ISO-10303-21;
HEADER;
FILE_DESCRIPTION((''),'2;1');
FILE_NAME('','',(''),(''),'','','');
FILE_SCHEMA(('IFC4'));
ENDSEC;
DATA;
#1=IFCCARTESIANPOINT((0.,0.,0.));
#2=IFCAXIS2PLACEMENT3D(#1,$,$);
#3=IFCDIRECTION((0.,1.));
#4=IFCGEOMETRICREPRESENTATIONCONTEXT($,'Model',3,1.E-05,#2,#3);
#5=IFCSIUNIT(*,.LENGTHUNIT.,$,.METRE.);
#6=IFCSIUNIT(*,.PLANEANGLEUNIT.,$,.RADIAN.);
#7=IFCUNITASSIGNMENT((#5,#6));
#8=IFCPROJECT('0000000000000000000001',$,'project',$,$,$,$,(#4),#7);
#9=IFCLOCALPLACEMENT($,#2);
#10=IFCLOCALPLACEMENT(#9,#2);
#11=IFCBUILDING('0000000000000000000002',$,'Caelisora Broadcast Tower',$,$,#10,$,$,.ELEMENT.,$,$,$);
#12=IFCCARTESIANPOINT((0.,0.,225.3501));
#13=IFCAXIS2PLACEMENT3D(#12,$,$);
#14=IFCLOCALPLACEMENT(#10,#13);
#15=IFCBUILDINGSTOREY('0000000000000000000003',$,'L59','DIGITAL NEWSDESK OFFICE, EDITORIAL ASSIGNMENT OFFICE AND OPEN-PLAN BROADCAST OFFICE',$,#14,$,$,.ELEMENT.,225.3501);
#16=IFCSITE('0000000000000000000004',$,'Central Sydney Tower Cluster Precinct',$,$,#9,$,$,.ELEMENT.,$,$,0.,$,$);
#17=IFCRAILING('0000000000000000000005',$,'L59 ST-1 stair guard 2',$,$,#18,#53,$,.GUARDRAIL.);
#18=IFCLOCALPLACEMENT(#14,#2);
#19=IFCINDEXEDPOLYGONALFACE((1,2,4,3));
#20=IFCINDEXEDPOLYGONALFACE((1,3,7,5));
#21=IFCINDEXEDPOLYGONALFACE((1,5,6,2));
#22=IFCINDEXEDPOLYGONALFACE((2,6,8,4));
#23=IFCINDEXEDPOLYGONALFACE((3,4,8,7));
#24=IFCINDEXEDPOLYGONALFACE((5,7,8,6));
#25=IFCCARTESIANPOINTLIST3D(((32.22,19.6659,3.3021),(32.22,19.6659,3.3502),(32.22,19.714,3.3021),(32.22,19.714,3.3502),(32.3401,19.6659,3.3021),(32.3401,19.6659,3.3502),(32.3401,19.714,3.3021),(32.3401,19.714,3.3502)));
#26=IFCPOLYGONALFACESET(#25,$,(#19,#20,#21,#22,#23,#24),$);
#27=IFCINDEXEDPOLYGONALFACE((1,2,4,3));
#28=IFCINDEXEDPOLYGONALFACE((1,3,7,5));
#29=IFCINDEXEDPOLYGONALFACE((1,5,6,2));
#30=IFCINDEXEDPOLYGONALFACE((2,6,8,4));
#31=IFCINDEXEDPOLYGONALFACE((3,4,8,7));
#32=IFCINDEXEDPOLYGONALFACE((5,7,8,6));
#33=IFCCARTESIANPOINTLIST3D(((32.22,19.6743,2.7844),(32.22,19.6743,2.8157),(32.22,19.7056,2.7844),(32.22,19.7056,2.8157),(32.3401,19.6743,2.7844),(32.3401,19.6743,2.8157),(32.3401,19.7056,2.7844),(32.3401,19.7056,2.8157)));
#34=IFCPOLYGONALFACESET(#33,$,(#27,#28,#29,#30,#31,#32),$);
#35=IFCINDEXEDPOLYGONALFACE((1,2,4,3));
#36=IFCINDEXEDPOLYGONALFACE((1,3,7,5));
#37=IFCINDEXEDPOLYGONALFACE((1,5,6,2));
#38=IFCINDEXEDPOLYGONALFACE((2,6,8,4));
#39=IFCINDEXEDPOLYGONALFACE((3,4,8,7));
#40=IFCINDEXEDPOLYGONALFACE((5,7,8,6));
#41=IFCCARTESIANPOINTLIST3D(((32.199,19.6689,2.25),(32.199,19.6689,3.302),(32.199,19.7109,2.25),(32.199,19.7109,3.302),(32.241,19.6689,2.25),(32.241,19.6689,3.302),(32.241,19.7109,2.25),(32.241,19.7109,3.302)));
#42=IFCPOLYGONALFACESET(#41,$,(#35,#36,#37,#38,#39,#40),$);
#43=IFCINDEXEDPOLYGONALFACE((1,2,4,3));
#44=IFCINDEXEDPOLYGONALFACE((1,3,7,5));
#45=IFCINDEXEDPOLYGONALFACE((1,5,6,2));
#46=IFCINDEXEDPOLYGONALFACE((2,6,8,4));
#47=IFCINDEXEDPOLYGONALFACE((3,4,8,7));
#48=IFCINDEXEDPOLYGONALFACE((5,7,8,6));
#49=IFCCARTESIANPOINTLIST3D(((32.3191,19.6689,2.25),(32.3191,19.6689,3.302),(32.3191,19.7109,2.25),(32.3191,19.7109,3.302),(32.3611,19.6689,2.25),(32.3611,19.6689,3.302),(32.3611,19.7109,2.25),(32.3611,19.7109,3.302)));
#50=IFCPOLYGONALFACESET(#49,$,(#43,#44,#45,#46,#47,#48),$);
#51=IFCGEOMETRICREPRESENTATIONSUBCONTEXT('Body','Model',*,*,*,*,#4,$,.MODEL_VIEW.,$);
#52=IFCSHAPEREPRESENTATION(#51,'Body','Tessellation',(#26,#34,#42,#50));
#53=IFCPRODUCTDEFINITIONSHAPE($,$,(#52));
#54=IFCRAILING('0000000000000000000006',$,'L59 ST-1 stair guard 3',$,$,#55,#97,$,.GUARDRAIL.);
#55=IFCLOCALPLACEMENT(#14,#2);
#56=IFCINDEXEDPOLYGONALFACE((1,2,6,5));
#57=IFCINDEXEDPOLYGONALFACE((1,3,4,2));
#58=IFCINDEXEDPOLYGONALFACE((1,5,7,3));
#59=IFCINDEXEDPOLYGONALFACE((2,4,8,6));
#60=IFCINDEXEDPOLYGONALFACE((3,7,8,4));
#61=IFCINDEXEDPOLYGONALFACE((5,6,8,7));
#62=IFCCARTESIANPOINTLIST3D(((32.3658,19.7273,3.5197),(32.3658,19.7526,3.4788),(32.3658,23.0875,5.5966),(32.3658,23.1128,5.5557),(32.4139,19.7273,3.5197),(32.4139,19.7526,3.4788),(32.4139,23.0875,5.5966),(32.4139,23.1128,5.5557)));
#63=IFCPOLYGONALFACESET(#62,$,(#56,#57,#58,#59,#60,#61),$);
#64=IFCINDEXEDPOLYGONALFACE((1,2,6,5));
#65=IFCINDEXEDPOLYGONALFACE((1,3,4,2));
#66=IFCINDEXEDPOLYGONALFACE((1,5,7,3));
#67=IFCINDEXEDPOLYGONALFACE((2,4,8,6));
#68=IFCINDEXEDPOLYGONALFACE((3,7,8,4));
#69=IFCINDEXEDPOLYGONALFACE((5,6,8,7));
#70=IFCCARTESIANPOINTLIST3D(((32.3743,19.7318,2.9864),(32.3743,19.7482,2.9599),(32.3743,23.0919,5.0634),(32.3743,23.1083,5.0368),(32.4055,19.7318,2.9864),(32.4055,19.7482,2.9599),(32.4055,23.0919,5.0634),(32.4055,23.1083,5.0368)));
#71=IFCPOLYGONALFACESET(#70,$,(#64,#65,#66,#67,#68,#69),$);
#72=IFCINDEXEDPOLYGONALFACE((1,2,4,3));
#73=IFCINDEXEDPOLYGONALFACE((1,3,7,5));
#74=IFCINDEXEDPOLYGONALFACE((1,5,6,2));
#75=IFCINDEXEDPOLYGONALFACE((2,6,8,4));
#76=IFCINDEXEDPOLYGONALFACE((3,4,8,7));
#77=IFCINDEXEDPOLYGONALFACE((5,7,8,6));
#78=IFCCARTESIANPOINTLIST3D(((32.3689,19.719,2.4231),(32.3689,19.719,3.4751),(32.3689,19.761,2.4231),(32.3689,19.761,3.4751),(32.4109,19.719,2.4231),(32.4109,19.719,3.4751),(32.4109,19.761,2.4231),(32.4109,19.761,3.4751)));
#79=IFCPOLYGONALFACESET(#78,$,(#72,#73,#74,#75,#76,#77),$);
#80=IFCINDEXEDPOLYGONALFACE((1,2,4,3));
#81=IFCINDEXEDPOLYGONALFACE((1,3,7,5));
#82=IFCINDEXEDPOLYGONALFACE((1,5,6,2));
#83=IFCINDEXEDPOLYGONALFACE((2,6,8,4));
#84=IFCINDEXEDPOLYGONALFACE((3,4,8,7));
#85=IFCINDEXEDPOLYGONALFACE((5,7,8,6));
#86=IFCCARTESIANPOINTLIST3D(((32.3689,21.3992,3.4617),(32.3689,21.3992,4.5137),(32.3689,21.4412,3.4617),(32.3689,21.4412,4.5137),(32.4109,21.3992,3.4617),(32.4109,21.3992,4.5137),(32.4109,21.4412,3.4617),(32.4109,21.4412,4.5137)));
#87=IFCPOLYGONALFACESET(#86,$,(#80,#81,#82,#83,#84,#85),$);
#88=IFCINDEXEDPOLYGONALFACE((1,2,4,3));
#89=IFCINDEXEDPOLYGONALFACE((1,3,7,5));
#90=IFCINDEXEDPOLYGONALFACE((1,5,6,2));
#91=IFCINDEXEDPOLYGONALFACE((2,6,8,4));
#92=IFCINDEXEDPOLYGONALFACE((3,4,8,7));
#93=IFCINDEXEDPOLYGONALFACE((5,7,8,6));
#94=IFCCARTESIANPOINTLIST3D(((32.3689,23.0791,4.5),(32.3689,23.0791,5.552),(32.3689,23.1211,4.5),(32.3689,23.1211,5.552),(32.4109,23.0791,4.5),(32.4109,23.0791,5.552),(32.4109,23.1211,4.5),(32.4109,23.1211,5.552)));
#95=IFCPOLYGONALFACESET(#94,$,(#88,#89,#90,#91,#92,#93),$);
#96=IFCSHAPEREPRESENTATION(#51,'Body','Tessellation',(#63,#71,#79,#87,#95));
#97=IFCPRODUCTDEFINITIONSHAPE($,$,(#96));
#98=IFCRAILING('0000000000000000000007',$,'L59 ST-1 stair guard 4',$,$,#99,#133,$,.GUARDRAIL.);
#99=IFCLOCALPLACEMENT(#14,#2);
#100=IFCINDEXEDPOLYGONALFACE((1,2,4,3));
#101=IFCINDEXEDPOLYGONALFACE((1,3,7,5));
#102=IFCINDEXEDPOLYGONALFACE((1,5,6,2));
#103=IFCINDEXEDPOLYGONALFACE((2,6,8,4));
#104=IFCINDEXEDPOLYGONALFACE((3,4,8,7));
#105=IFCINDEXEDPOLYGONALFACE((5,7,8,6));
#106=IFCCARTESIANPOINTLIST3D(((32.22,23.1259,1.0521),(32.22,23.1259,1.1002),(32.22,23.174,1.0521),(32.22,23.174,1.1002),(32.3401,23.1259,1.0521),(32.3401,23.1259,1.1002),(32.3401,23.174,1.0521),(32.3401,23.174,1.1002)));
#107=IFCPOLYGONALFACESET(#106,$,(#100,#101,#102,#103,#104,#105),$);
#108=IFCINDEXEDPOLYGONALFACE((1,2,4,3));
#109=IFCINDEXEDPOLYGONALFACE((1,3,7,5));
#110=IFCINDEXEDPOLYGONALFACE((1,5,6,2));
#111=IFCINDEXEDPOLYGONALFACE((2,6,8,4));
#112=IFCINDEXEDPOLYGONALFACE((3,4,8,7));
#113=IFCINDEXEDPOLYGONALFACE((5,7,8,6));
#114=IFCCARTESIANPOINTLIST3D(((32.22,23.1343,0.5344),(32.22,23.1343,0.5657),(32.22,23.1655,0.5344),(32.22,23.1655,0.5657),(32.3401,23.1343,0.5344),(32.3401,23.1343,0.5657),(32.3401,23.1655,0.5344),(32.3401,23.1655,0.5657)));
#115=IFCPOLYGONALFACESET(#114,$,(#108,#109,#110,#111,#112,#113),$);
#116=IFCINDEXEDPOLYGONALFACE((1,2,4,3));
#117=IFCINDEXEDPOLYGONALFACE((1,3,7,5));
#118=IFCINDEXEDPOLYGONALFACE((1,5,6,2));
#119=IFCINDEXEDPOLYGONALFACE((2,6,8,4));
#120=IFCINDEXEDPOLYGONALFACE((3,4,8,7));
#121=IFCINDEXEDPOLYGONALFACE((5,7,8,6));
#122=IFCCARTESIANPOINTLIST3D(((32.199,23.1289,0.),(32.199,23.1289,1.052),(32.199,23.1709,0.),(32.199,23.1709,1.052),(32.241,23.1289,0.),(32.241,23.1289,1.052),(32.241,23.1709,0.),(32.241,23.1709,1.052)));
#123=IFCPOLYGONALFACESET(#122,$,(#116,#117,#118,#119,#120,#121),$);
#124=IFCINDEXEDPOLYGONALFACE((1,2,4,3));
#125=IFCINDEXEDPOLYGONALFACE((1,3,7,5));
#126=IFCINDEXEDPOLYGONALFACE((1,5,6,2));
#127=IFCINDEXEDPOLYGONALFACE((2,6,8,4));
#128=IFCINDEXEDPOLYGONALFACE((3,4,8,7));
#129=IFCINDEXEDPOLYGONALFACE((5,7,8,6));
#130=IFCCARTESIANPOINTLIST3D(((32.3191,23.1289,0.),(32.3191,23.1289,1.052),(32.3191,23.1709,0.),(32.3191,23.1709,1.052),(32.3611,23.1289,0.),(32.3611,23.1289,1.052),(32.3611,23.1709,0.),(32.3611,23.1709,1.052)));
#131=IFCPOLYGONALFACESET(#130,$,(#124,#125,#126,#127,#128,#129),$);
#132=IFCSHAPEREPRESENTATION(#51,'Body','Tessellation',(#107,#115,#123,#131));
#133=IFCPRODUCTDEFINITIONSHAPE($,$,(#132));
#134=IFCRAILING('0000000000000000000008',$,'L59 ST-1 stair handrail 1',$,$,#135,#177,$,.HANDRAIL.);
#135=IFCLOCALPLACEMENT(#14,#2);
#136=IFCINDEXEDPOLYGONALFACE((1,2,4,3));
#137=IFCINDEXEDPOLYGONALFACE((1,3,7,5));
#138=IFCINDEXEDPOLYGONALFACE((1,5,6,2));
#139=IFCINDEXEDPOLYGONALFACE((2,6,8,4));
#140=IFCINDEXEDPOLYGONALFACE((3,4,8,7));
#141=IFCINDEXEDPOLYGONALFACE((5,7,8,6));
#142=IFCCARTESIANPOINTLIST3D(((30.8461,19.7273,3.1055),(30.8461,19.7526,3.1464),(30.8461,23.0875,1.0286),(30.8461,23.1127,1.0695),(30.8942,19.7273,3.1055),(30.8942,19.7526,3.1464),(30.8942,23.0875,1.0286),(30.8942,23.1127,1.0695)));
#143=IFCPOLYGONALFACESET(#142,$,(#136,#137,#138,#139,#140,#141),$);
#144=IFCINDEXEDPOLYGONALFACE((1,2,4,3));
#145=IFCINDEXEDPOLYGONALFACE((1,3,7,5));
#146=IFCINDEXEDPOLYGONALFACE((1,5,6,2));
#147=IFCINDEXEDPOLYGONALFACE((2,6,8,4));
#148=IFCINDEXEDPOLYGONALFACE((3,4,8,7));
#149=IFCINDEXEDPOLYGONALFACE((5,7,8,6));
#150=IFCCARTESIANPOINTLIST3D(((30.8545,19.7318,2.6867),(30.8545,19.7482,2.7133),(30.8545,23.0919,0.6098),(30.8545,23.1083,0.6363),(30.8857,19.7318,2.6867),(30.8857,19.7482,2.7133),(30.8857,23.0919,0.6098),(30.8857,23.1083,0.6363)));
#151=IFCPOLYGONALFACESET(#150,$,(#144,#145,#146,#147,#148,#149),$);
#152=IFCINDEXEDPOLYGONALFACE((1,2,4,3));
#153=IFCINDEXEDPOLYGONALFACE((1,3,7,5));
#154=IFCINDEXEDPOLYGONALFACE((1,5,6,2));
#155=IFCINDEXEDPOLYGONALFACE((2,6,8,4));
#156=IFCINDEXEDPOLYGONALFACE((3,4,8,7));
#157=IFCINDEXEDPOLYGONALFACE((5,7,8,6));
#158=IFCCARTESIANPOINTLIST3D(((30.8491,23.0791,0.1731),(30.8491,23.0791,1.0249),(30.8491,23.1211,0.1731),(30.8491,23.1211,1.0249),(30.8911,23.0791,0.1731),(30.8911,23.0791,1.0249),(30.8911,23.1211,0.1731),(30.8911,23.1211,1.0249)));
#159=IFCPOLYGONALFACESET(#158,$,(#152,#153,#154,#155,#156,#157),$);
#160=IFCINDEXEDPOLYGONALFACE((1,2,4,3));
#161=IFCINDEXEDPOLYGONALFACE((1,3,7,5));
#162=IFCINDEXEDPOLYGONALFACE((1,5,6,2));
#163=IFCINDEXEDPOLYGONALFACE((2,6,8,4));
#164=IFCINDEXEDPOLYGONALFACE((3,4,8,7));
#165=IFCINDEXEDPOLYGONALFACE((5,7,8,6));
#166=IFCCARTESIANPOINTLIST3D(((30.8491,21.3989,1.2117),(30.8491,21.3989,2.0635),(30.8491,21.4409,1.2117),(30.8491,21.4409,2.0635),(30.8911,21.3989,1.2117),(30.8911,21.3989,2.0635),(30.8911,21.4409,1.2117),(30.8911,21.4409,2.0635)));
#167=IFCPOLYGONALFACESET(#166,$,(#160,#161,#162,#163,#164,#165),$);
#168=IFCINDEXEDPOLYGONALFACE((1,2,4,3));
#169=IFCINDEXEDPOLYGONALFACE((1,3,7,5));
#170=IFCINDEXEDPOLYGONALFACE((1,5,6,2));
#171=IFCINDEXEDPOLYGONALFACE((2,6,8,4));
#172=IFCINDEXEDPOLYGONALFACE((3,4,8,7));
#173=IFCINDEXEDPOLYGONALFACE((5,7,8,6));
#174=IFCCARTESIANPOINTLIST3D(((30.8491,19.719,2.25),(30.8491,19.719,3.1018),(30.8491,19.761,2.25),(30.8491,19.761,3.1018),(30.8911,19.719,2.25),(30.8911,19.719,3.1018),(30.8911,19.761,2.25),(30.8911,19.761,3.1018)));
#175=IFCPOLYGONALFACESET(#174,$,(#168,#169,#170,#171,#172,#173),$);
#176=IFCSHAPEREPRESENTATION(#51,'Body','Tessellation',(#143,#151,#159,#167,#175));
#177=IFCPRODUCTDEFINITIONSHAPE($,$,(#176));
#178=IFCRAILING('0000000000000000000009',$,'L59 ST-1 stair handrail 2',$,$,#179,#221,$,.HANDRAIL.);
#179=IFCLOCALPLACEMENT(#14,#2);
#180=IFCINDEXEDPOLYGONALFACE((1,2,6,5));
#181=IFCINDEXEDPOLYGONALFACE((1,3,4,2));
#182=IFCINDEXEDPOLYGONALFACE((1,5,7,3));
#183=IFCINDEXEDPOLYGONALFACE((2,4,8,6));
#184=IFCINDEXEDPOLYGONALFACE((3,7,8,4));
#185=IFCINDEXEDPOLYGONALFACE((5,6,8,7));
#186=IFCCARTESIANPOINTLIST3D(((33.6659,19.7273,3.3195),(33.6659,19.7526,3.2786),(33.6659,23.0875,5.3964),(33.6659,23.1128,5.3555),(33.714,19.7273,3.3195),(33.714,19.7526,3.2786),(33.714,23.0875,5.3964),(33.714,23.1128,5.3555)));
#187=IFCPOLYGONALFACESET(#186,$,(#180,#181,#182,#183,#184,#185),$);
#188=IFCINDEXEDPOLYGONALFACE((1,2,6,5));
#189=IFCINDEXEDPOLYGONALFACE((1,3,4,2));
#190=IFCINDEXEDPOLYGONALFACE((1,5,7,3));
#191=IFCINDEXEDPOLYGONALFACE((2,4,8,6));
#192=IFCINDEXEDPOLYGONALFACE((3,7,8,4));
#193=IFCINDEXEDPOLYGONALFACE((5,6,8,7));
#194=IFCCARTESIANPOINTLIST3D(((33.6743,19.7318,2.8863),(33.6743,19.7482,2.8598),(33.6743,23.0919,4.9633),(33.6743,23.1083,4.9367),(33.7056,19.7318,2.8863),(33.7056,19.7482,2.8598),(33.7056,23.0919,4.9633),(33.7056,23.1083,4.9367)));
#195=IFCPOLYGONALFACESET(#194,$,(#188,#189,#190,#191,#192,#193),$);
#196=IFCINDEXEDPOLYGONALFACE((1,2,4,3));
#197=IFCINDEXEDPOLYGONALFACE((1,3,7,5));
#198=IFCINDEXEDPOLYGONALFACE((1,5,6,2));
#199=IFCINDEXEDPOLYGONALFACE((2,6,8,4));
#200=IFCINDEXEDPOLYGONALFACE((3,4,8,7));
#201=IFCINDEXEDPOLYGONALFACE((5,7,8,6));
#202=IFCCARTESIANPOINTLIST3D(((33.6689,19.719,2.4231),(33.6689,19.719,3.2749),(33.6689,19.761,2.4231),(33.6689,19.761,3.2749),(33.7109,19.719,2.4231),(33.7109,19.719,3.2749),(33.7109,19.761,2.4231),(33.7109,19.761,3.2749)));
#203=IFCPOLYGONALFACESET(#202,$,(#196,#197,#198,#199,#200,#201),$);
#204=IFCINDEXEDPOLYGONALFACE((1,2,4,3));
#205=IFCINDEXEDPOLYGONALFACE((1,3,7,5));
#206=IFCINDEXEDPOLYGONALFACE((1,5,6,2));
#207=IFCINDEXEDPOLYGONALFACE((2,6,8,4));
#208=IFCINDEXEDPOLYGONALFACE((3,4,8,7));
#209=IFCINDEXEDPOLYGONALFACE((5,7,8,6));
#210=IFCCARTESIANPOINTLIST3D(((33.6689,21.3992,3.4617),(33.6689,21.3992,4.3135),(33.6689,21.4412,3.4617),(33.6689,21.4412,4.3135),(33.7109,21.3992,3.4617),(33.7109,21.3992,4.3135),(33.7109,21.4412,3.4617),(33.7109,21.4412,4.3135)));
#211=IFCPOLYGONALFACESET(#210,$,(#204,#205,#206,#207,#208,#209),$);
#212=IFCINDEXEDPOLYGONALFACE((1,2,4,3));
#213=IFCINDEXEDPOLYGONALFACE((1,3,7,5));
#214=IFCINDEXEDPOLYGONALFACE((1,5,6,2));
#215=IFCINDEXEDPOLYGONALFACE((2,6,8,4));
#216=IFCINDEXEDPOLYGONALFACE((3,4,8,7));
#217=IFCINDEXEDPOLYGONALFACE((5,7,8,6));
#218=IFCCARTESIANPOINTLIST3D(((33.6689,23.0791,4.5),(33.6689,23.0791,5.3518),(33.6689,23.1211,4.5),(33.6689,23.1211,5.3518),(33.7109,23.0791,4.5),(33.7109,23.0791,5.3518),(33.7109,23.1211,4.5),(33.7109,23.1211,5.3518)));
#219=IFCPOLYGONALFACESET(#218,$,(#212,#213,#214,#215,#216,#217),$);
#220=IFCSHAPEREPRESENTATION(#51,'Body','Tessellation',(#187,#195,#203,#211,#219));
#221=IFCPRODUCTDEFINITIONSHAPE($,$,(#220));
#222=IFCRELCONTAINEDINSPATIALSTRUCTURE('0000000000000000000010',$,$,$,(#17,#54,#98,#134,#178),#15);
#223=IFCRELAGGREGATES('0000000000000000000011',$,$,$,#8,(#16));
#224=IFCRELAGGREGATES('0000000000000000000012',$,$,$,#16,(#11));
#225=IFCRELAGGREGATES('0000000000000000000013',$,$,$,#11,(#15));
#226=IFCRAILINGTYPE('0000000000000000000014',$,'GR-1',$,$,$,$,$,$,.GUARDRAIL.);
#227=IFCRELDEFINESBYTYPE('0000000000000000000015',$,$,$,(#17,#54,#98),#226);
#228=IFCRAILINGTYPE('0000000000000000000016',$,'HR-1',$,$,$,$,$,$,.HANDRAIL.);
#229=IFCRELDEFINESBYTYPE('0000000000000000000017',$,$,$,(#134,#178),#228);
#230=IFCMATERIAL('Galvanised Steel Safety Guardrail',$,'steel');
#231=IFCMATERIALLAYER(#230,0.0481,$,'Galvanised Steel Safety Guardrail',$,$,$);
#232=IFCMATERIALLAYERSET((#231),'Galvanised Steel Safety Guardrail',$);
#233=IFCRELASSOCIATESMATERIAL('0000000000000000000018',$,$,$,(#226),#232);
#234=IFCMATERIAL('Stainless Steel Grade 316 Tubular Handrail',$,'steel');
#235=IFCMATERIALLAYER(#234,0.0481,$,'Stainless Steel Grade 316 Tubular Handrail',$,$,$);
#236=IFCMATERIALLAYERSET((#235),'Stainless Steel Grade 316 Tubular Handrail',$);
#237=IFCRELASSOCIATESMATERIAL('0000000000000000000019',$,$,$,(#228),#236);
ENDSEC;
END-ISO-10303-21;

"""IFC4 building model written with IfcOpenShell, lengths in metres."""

from ifc_helpers import new_model, si_unit, direction, frame, origin, origin_2d, place, context, subcontext, project, spatial, rectangle, extrude, material, layer, layer_set, type_object, element, save


model = new_model("IFC4")

# Units and contexts
model_context = context("Model", 3, precision=1e-05, world=origin(), true_north=direction((0.0, 1.0)))
body_context = subcontext(model_context, "Body", "Model", "MODEL_VIEW")
ifc_project = project(units=[si_unit("LENGTHUNIT", "METRE"), si_unit("PLANEANGLEUNIT", "RADIAN")], contexts=[model_context])

# Site, building, storey
site_placement = place(None, origin())
site = spatial("IfcSite", under=ifc_project, at=site_placement, Name="Central Sydney Tower Cluster Precinct", CompositionType="ELEMENT", RefElevation=0.0)
building_placement = place(site_placement, origin())
building = spatial("IfcBuilding", under=site, at=building_placement, Name="Caelisora Broadcast Tower", CompositionType="ELEMENT")
storey_placement = place(building_placement, frame((0.0, 0.0, 225.3501)))
storey = spatial("IfcBuildingStorey", under=building, at=storey_placement, Name="L59", Description="DIGITAL NEWSDESK OFFICE, EDITORIAL ASSIGNMENT OFFICE AND OPEN-PLAN BROADCAST OFFICE", CompositionType="ELEMENT", Elevation=225.3501)

# Railings
ifc_material_1 = material(Name="Galvanised Steel Safety Guardrail", Category="steel")
ifc_layer_1 = layer(ifc_material_1, 0.0481, Name="Galvanised Steel Safety Guardrail")
ifc_layer_set_1 = layer_set([ifc_layer_1], Name="Galvanised Steel Safety Guardrail")
railing_type_1 = type_object("IfcRailingType", Name="GR-1", PredefinedType="GUARDRAIL", material=ifc_layer_set_1)
railing_1_placement = place(storey_placement, frame((32.22, 19.6899, 2.25)))
element("IfcRailing", 1, at=railing_1_placement, inside=storey, type_object=railing_type_1, Name="L59 ST-1 stair guard 2", PredefinedType="GUARDRAIL", context=body_context, shape_type="SweptSolid", body=[
    extrude(rectangle(XDim=0.0481, YDim=0.0481, at=origin_2d()), frame((0.0, 0.0, 1.0762), z_axis=(1.0, 0.0, 0.0), x_axis=(0.0, 1.0, 0.0)), (0.0, 0.0, 1.0), 0.1201),
    extrude(rectangle(XDim=0.0312, YDim=0.0312, at=origin_2d()), frame((0.0, 0.0, 0.55), z_axis=(1.0, 0.0, 0.0), x_axis=(0.0, 1.0, 0.0)), (0.0, 0.0, 1.0), 0.1201),
    extrude(rectangle(XDim=0.042, YDim=0.042, at=origin_2d()), origin(), (0.0, 0.0, 1.0), 1.052),
    extrude(rectangle(XDim=0.042, YDim=0.042, at=origin_2d()), frame((0.1201, 0.0, 0.0)), (0.0, 0.0, 1.0), 1.052),
])
railing_2_placement = place(storey_placement, frame((32.3899, 19.74, 2.4231)))
element("IfcRailing", 2, at=railing_2_placement, inside=storey, type_object=railing_type_1, Name="L59 ST-1 stair guard 3", PredefinedType="GUARDRAIL", context=body_context, shape_type="SweptSolid", body=[
    extrude(rectangle(XDim=0.0481, YDim=0.0481, at=origin_2d()), frame((0.0, 0.0, 1.0762), z_axis=(0.0, 0.850623, 0.525776), x_axis=(-1.0, 0.0, 0.0)), (0.0, 0.0, 1.0), 3.9502),
    extrude(rectangle(XDim=0.0312, YDim=0.0312, at=origin_2d()), frame((0.0, 0.0, 0.55), z_axis=(0.0, 0.850623, 0.525776), x_axis=(-1.0, 0.0, 0.0)), (0.0, 0.0, 1.0), 3.9502),
    extrude(rectangle(XDim=0.042, YDim=0.042, at=origin_2d()), origin(), (0.0, 0.0, 1.0), 1.052),
    extrude(rectangle(XDim=0.042, YDim=0.042, at=origin_2d()), frame((0.0, 1.6802, 1.0386)), (0.0, 0.0, 1.0), 1.052),
    extrude(rectangle(XDim=0.042, YDim=0.042, at=origin_2d()), frame((0.0, 3.3601, 2.0769)), (0.0, 0.0, 1.0), 1.052),
])
railing_3_placement = place(storey_placement, frame((32.22, 23.1499, 0.0)))
element("IfcRailing", 3, at=railing_3_placement, inside=storey, type_object=railing_type_1, Name="L59 ST-1 stair guard 4", PredefinedType="GUARDRAIL", context=body_context, shape_type="SweptSolid", body=[
    extrude(rectangle(XDim=0.0481, YDim=0.0481, at=origin_2d()), frame((0.0, 0.0, 1.0762), z_axis=(1.0, 0.0, 0.0), x_axis=(0.0, 1.0, 0.0)), (0.0, 0.0, 1.0), 0.1201),
    extrude(rectangle(XDim=0.0312, YDim=0.0312, at=origin_2d()), frame((0.0, 0.0, 0.55), z_axis=(1.0, 0.0, 0.0), x_axis=(0.0, 1.0, 0.0)), (0.0, 0.0, 1.0), 0.1201),
    extrude(rectangle(XDim=0.042, YDim=0.042, at=origin_2d()), origin(), (0.0, 0.0, 1.0), 1.052),
    extrude(rectangle(XDim=0.042, YDim=0.042, at=origin_2d()), frame((0.1201, 0.0, 0.0)), (0.0, 0.0, 1.0), 1.052),
])
ifc_material_2 = material(Name="Stainless Steel Grade 316 Tubular Handrail", Category="steel")
ifc_layer_2 = layer(ifc_material_2, 0.0481, Name="Stainless Steel Grade 316 Tubular Handrail")
ifc_layer_set_2 = layer_set([ifc_layer_2], Name="Stainless Steel Grade 316 Tubular Handrail")
railing_type_2 = type_object("IfcRailingType", Name="HR-1", PredefinedType="HANDRAIL", material=ifc_layer_set_2)
railing_4_placement = place(storey_placement, frame((30.8701, 23.1001, 0.1731)))
element("IfcRailing", 4, at=railing_4_placement, inside=storey, type_object=railing_type_2, Name="L59 ST-1 stair handrail 1", PredefinedType="HANDRAIL", context=body_context, shape_type="SweptSolid", body=[
    extrude(rectangle(XDim=0.0481, YDim=0.0481, at=origin_2d()), frame((0.0, 0.0, 0.876), z_axis=(0.0, -0.850623, 0.525776), x_axis=(1.0, 0.0, 0.0)), (0.0, 0.0, 1.0), 3.9502),
    extrude(rectangle(XDim=0.0312, YDim=0.0312, at=origin_2d()), frame((0.0, 0.0, 0.45), z_axis=(0.0, -0.850623, 0.525776), x_axis=(1.0, 0.0, 0.0)), (0.0, 0.0, 1.0), 3.9502),
    extrude(rectangle(XDim=0.042, YDim=0.042, at=origin_2d()), origin(), (0.0, 0.0, 1.0), 0.8518),
    extrude(rectangle(XDim=0.042, YDim=0.042, at=origin_2d()), frame((0.0, -1.6802, 1.0386)), (0.0, 0.0, 1.0), 0.8518),
    extrude(rectangle(XDim=0.042, YDim=0.042, at=origin_2d()), frame((0.0, -3.3601, 2.0769)), (0.0, 0.0, 1.0), 0.8518),
])
railing_5_placement = place(storey_placement, frame((33.6899, 19.74, 2.4231)))
element("IfcRailing", 5, at=railing_5_placement, inside=storey, type_object=railing_type_2, Name="L59 ST-1 stair handrail 2", PredefinedType="HANDRAIL", context=body_context, shape_type="SweptSolid", body=[
    extrude(rectangle(XDim=0.0481, YDim=0.0481, at=origin_2d()), frame((0.0, 0.0, 0.876), z_axis=(0.0, 0.850623, 0.525776), x_axis=(-1.0, 0.0, 0.0)), (0.0, 0.0, 1.0), 3.9502),
    extrude(rectangle(XDim=0.0312, YDim=0.0312, at=origin_2d()), frame((0.0, 0.0, 0.45), z_axis=(0.0, 0.850623, 0.525776), x_axis=(-1.0, 0.0, 0.0)), (0.0, 0.0, 1.0), 3.9502),
    extrude(rectangle(XDim=0.042, YDim=0.042, at=origin_2d()), origin(), (0.0, 0.0, 1.0), 0.8518),
    extrude(rectangle(XDim=0.042, YDim=0.042, at=origin_2d()), frame((0.0, 1.6802, 1.0386)), (0.0, 0.0, 1.0), 0.8518),
    extrude(rectangle(XDim=0.042, YDim=0.042, at=origin_2d()), frame((0.0, 3.3601, 2.0769)), (0.0, 0.0, 1.0), 0.8518),
])

save(model, "model.ifc")
